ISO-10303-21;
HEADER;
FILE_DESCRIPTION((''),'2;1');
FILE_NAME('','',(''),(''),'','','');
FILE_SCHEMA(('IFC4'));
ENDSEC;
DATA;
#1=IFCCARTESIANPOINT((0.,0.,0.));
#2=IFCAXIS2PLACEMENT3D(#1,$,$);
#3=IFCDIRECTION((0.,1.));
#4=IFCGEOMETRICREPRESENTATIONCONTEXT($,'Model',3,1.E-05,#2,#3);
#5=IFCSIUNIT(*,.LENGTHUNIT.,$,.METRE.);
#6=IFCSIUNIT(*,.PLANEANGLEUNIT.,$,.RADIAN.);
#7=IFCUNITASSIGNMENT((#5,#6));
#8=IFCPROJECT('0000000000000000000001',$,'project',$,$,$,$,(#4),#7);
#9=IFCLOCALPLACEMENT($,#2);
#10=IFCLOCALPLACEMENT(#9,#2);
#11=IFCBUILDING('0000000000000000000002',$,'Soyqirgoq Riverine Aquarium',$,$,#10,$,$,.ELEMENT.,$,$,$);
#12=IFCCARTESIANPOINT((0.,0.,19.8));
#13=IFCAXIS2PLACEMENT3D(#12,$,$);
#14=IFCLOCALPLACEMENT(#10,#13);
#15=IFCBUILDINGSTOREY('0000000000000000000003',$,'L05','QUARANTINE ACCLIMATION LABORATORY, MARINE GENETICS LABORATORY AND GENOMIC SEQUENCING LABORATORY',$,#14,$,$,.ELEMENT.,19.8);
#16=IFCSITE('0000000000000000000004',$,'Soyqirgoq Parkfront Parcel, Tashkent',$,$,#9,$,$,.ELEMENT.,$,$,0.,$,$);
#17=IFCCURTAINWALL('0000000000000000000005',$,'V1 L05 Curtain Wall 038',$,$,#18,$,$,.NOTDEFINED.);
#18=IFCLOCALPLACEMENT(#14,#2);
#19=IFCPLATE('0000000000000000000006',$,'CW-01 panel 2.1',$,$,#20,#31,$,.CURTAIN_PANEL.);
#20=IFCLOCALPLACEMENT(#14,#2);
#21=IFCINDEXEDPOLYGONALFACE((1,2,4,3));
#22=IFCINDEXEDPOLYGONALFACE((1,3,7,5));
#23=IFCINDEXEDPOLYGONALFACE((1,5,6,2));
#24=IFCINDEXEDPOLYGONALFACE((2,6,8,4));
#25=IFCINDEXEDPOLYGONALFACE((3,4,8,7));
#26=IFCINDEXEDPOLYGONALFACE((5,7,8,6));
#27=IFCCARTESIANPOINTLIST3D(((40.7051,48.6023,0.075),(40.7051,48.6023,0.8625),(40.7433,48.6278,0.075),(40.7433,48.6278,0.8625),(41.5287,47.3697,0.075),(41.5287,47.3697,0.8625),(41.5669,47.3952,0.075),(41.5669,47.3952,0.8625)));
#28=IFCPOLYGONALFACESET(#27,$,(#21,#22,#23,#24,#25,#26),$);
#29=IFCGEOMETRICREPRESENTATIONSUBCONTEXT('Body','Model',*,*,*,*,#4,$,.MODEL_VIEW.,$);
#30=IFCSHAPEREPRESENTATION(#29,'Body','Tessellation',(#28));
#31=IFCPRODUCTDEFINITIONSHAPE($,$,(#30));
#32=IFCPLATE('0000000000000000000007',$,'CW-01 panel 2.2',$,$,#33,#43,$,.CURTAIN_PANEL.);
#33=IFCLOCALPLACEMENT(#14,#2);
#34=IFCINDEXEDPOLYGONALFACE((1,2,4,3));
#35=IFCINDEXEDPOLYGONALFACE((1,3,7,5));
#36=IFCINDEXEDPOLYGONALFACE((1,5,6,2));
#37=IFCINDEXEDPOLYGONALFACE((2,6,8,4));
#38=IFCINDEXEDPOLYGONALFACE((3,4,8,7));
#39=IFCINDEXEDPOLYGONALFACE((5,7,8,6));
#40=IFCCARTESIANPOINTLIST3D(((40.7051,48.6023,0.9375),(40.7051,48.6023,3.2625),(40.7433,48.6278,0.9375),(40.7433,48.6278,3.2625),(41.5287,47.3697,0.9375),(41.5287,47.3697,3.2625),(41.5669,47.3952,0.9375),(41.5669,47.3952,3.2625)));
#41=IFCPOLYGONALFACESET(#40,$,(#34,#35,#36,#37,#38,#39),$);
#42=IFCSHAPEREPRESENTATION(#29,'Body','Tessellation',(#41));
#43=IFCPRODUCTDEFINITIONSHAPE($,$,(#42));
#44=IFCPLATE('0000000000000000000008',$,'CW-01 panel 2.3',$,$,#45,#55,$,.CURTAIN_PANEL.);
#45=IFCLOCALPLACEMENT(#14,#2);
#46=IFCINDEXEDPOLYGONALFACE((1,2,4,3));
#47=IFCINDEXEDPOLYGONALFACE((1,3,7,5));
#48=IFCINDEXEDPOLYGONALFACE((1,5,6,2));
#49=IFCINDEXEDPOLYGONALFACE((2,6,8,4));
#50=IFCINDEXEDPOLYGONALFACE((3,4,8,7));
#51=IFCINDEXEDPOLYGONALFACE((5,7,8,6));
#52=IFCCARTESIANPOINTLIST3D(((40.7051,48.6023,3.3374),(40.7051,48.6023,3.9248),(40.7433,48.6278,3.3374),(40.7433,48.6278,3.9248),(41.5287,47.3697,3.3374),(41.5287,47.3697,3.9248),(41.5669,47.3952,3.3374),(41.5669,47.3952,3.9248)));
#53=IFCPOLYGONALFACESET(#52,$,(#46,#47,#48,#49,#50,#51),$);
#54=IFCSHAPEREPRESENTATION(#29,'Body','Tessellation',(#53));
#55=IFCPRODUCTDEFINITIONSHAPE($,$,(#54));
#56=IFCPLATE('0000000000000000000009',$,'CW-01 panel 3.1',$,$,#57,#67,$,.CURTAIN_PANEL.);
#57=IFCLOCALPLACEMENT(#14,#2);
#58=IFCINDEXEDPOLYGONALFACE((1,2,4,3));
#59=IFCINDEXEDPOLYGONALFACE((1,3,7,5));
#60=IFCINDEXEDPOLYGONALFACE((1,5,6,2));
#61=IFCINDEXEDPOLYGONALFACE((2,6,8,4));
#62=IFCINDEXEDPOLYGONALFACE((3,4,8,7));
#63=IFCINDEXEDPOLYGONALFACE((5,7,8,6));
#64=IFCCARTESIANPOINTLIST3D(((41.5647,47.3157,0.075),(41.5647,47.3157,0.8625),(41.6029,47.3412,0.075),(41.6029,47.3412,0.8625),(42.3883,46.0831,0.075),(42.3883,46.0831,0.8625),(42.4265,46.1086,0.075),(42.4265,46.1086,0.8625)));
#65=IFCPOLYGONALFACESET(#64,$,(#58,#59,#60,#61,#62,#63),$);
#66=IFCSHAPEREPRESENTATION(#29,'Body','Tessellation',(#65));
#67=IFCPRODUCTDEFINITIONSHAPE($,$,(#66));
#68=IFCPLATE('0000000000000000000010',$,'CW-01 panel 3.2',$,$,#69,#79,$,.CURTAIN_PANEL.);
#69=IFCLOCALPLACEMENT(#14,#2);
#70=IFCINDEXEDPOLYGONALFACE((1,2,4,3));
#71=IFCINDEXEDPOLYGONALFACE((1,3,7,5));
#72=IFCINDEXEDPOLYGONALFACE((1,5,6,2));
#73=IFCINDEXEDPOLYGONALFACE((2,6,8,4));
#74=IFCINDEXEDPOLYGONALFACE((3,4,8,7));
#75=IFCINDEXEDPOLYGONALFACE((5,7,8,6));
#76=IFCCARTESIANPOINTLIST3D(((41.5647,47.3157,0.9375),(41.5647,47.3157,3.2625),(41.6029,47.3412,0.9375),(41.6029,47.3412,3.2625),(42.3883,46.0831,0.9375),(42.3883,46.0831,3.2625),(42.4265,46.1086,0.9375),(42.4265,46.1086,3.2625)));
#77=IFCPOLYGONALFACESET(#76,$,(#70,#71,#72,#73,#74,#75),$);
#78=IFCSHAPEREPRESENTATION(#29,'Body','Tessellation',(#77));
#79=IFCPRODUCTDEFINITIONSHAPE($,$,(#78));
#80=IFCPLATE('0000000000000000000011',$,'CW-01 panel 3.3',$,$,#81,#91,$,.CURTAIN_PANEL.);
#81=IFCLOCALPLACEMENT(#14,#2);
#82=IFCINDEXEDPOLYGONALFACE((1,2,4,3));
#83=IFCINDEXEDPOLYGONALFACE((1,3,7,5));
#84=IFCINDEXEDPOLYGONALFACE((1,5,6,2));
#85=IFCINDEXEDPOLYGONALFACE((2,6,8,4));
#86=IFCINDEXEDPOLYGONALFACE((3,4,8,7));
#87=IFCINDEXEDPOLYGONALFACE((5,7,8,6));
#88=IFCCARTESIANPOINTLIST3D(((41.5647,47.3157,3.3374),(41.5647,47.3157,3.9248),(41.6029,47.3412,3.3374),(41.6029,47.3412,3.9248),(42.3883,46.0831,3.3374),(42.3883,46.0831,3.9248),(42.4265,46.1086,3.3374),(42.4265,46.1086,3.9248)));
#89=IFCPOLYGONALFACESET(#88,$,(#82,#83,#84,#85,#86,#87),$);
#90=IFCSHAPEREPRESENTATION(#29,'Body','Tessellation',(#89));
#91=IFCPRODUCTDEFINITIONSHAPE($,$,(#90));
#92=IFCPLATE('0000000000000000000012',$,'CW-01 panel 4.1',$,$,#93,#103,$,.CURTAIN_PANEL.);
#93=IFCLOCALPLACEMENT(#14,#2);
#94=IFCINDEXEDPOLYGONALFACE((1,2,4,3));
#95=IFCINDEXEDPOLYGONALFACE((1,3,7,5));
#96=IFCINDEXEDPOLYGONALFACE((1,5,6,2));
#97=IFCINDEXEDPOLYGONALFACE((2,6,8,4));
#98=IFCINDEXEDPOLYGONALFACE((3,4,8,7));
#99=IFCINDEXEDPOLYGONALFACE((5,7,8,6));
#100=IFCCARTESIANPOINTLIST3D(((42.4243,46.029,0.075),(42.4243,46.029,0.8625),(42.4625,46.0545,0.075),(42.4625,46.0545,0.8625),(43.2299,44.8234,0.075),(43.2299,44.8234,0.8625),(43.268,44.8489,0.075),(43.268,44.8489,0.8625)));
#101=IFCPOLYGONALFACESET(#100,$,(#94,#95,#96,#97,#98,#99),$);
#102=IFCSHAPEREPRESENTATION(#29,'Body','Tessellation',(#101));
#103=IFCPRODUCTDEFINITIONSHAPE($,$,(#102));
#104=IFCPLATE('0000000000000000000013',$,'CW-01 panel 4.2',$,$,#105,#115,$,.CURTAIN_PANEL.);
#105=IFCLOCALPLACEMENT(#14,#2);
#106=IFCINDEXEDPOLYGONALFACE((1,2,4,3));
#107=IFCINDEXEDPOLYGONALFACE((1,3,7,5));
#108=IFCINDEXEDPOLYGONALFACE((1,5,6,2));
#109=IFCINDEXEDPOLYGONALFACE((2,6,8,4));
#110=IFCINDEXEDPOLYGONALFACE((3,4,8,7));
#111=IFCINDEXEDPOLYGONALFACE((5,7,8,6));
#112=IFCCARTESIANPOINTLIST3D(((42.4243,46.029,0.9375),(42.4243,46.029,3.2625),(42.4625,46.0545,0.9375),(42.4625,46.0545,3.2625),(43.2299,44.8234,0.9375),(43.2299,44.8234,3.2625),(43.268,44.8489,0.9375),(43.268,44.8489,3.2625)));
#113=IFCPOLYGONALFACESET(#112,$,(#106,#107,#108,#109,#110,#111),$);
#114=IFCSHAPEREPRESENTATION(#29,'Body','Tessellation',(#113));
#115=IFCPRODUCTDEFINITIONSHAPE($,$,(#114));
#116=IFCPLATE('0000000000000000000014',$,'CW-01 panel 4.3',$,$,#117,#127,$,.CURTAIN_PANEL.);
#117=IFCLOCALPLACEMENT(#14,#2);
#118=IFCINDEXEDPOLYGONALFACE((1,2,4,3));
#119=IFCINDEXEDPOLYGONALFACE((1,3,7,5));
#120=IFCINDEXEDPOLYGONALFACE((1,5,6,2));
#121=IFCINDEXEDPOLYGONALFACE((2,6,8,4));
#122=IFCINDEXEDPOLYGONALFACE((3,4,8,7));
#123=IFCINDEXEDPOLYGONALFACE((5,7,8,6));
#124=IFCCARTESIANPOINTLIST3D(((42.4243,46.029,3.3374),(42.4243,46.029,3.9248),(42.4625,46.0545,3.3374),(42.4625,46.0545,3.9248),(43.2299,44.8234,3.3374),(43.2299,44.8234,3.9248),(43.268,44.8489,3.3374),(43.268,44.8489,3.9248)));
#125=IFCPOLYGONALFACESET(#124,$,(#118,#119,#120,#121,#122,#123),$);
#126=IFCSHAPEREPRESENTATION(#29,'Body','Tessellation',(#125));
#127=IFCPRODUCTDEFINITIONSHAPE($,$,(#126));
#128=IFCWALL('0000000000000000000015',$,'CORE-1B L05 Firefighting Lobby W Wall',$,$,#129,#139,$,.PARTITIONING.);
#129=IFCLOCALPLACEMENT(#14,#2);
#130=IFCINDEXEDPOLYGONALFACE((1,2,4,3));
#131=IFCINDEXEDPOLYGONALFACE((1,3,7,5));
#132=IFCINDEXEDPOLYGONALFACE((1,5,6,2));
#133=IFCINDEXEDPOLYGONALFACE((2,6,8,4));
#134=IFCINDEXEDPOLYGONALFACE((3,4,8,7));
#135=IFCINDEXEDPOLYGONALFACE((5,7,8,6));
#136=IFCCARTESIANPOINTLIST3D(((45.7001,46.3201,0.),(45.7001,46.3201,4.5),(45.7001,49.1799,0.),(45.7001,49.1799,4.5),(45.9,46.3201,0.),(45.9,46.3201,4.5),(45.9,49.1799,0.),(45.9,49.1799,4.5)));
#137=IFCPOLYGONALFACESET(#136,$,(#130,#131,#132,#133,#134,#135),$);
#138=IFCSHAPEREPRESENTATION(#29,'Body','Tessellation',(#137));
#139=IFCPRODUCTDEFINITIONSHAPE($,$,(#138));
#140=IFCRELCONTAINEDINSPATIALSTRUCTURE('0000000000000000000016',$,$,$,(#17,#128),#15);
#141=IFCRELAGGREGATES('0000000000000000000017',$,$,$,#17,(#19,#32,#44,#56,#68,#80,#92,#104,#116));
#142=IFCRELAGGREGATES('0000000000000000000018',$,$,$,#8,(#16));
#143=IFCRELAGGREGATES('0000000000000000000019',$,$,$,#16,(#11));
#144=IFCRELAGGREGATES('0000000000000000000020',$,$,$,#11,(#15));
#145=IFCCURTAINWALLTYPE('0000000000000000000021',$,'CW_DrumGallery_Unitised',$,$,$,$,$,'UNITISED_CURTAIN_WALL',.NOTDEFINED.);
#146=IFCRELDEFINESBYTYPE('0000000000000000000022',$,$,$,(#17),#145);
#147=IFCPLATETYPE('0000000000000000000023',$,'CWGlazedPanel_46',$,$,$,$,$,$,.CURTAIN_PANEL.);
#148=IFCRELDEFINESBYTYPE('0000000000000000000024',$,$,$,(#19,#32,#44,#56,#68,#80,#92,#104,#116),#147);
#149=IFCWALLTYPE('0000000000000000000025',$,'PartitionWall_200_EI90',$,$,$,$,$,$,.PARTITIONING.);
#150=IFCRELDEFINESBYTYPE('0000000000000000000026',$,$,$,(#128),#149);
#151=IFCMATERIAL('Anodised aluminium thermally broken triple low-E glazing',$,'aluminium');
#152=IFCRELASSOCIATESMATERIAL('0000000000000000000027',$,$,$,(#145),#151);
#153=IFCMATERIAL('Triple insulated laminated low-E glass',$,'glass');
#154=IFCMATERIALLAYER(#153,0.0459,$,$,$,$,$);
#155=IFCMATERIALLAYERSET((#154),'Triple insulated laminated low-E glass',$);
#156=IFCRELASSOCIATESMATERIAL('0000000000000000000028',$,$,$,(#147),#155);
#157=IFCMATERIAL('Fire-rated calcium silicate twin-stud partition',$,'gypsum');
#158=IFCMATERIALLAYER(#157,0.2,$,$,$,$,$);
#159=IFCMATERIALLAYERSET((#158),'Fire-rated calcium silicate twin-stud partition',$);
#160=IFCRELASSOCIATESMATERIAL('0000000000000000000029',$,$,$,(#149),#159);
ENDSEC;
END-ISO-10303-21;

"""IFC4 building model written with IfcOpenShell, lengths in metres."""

from ifc_helpers import new_model, si_unit, direction, frame, frame_2d, origin, origin_2d, place, context, subcontext, project, spatial, rectangle, extrude, material, layer, layer_set, type_object, element, aggregate, save


model = new_model("IFC4")

# Units and contexts
model_context = context("Model", 3, precision=1e-05, world=origin(), true_north=direction((0.0, 1.0)))
body_context = subcontext(model_context, "Body", "Model", "MODEL_VIEW")
ifc_project = project(units=[si_unit("LENGTHUNIT", "METRE"), si_unit("PLANEANGLEUNIT", "RADIAN")], contexts=[model_context])

# Site, building, storey
site_placement = place(None, origin())
site = spatial("IfcSite", under=ifc_project, at=site_placement, Name="Soyqirgoq Parkfront Parcel, Tashkent", CompositionType="ELEMENT", RefElevation=0.0)
building_placement = place(site_placement, origin())
building = spatial("IfcBuilding", under=site, at=building_placement, Name="Soyqirgoq Riverine Aquarium", CompositionType="ELEMENT")
storey_placement = place(building_placement, frame((0.0, 0.0, 19.8)))
storey = spatial("IfcBuildingStorey", under=building, at=storey_placement, Name="L05", Description="QUARANTINE ACCLIMATION LABORATORY, MARINE GENETICS LABORATORY AND GENOMIC SEQUENCING LABORATORY", CompositionType="ELEMENT", Elevation=19.8)

# Curtain wall, plates
ifc_material_1 = material(Name="Anodised aluminium thermally broken triple low-E glazing", Category="aluminium")
curtain_wall_type = type_object("IfcCurtainWallType", Name="CW_DrumGallery_Unitised", ElementType="UNITISED_CURTAIN_WALL", PredefinedType="NOTDEFINED", material=ifc_material_1)
curtain_wall_placement = place(storey_placement, origin())
curtain_wall = element("IfcCurtainWall", 1, at=curtain_wall_placement, inside=storey, type_object=curtain_wall_type, Name="V1 L05 Curtain Wall 038", PredefinedType="NOTDEFINED")
ifc_material_2 = material(Name="Triple insulated laminated low-E glass", Category="glass")
ifc_layer_1 = layer(ifc_material_2, 0.0459)
ifc_layer_set_1 = layer_set([ifc_layer_1], Name="Triple insulated laminated low-E glass")
plate_type = type_object("IfcPlateType", Name="CWGlazedPanel_46", PredefinedType="CURTAIN_PANEL", material=ifc_layer_set_1)
plate_1_placement = place(storey_placement, frame((41.136, 47.9988, 0.075), z_axis=(0.0, 0.0, 1.0), x_axis=(0.555561, -0.831476, 0.0)))
plate_1 = element("IfcPlate", 2, at=plate_1_placement, type_object=plate_type, Name="CW-01 panel 2.1", PredefinedType="CURTAIN_PANEL", context=body_context, shape_type="SweptSolid", body=[
    extrude(rectangle(XDim=1.4824, YDim=0.0459, at=origin_2d()), origin(), (0.0, 0.0, 1.0), 0.7876),
])
plate_2_placement = place(storey_placement, frame((41.136, 47.9988, 0.9375), z_axis=(0.0, 0.0, 1.0), x_axis=(0.555561, -0.831476, 0.0)))
plate_2 = element("IfcPlate", 3, at=plate_2_placement, type_object=plate_type, Name="CW-01 panel 2.2", PredefinedType="CURTAIN_PANEL", context=body_context, shape_type="SweptSolid", body=[
    extrude(rectangle(XDim=1.4824, YDim=0.0459, at=origin_2d()), origin(), (0.0, 0.0, 1.0), 2.325),
])
plate_3_placement = place(storey_placement, frame((41.136, 47.9988, 3.3374), z_axis=(0.0, 0.0, 1.0), x_axis=(0.555561, -0.831476, 0.0)))
plate_3 = element("IfcPlate", 4, at=plate_3_placement, type_object=plate_type, Name="CW-01 panel 2.3", PredefinedType="CURTAIN_PANEL", context=body_context, shape_type="SweptSolid", body=[
    extrude(rectangle(XDim=1.4824, YDim=0.0459, at=origin_2d()), origin(), (0.0, 0.0, 1.0), 0.5874),
])
plate_4_placement = place(storey_placement, frame((41.9956, 46.7122, 0.075), z_axis=(0.0, 0.0, 1.0), x_axis=(0.555561, -0.831476, 0.0)))
plate_4 = element("IfcPlate", 5, at=plate_4_placement, type_object=plate_type, Name="CW-01 panel 3.1", PredefinedType="CURTAIN_PANEL", context=body_context, shape_type="SweptSolid", body=[
    extrude(rectangle(XDim=1.4824, YDim=0.0459, at=origin_2d()), origin(), (0.0, 0.0, 1.0), 0.7876),
])
plate_5_placement = place(storey_placement, frame((41.9956, 46.7122, 0.9375), z_axis=(0.0, 0.0, 1.0), x_axis=(0.555561, -0.831476, 0.0)))
plate_5 = element("IfcPlate", 6, at=plate_5_placement, type_object=plate_type, Name="CW-01 panel 3.2", PredefinedType="CURTAIN_PANEL", context=body_context, shape_type="SweptSolid", body=[
    extrude(rectangle(XDim=1.4824, YDim=0.0459, at=origin_2d()), origin(), (0.0, 0.0, 1.0), 2.325),
])
plate_6_placement = place(storey_placement, frame((41.9956, 46.7122, 3.3374), z_axis=(0.0, 0.0, 1.0), x_axis=(0.555561, -0.831476, 0.0)))
plate_6 = element("IfcPlate", 7, at=plate_6_placement, type_object=plate_type, Name="CW-01 panel 3.3", PredefinedType="CURTAIN_PANEL", context=body_context, shape_type="SweptSolid", body=[
    extrude(rectangle(XDim=1.4824, YDim=0.0459, at=origin_2d()), origin(), (0.0, 0.0, 1.0), 0.5874),
])
plate_7_placement = place(storey_placement, frame((42.8462, 45.439, 0.075), z_axis=(0.0, 0.0, 1.0), x_axis=(0.555561, -0.831476, 0.0)))
plate_7 = element("IfcPlate", 8, at=plate_7_placement, type_object=plate_type, Name="CW-01 panel 4.1", PredefinedType="CURTAIN_PANEL", context=body_context, shape_type="SweptSolid", body=[
    extrude(rectangle(XDim=1.45, YDim=0.0459, at=origin_2d()), origin(), (0.0, 0.0, 1.0), 0.7876),
])
plate_8_placement = place(storey_placement, frame((42.8462, 45.439, 0.9375), z_axis=(0.0, 0.0, 1.0), x_axis=(0.555561, -0.831476, 0.0)))
plate_8 = element("IfcPlate", 9, at=plate_8_placement, type_object=plate_type, Name="CW-01 panel 4.2", PredefinedType="CURTAIN_PANEL", context=body_context, shape_type="SweptSolid", body=[
    extrude(rectangle(XDim=1.45, YDim=0.0459, at=origin_2d()), origin(), (0.0, 0.0, 1.0), 2.325),
])
plate_9_placement = place(storey_placement, frame((42.8462, 45.439, 3.3374), z_axis=(0.0, 0.0, 1.0), x_axis=(0.555561, -0.831476, 0.0)))
plate_9 = element("IfcPlate", 10, at=plate_9_placement, type_object=plate_type, Name="CW-01 panel 4.3", PredefinedType="CURTAIN_PANEL", context=body_context, shape_type="SweptSolid", body=[
    extrude(rectangle(XDim=1.45, YDim=0.0459, at=origin_2d()), origin(), (0.0, 0.0, 1.0), 0.5874),
])
aggregate(curtain_wall, [plate_1, plate_2, plate_3, plate_4, plate_5, plate_6, plate_7, plate_8, plate_9])

# Shared definitions
ifc_material_3 = material(Name="Fire-rated calcium silicate twin-stud partition", Category="gypsum")
ifc_layer_2 = layer(ifc_material_3, 0.2)
ifc_layer_set_2 = layer_set([ifc_layer_2], Name="Fire-rated calcium silicate twin-stud partition")
wall_type = type_object("IfcWallType", Name="PartitionWall_200_EI90", PredefinedType="PARTITIONING", material=ifc_layer_set_2)

# Wall
wall_1_placement = place(storey_placement, frame((45.8, 46.3201, 0.0), z_axis=(0.0, 0.0, 1.0), x_axis=(0.0, 1.0, 0.0)))
element("IfcWall", 11, at=wall_1_placement, inside=storey, type_object=wall_type, Name="CORE-1B L05 Firefighting Lobby W Wall", PredefinedType="PARTITIONING", context=body_context, shape_type="SweptSolid", body=[
    extrude(rectangle(XDim=2.8599, YDim=0.2, at=frame_2d((1.4299, 0.0))), origin(), (0.0, 0.0, 1.0), 4.5),
])

save(model, "model.ifc")
